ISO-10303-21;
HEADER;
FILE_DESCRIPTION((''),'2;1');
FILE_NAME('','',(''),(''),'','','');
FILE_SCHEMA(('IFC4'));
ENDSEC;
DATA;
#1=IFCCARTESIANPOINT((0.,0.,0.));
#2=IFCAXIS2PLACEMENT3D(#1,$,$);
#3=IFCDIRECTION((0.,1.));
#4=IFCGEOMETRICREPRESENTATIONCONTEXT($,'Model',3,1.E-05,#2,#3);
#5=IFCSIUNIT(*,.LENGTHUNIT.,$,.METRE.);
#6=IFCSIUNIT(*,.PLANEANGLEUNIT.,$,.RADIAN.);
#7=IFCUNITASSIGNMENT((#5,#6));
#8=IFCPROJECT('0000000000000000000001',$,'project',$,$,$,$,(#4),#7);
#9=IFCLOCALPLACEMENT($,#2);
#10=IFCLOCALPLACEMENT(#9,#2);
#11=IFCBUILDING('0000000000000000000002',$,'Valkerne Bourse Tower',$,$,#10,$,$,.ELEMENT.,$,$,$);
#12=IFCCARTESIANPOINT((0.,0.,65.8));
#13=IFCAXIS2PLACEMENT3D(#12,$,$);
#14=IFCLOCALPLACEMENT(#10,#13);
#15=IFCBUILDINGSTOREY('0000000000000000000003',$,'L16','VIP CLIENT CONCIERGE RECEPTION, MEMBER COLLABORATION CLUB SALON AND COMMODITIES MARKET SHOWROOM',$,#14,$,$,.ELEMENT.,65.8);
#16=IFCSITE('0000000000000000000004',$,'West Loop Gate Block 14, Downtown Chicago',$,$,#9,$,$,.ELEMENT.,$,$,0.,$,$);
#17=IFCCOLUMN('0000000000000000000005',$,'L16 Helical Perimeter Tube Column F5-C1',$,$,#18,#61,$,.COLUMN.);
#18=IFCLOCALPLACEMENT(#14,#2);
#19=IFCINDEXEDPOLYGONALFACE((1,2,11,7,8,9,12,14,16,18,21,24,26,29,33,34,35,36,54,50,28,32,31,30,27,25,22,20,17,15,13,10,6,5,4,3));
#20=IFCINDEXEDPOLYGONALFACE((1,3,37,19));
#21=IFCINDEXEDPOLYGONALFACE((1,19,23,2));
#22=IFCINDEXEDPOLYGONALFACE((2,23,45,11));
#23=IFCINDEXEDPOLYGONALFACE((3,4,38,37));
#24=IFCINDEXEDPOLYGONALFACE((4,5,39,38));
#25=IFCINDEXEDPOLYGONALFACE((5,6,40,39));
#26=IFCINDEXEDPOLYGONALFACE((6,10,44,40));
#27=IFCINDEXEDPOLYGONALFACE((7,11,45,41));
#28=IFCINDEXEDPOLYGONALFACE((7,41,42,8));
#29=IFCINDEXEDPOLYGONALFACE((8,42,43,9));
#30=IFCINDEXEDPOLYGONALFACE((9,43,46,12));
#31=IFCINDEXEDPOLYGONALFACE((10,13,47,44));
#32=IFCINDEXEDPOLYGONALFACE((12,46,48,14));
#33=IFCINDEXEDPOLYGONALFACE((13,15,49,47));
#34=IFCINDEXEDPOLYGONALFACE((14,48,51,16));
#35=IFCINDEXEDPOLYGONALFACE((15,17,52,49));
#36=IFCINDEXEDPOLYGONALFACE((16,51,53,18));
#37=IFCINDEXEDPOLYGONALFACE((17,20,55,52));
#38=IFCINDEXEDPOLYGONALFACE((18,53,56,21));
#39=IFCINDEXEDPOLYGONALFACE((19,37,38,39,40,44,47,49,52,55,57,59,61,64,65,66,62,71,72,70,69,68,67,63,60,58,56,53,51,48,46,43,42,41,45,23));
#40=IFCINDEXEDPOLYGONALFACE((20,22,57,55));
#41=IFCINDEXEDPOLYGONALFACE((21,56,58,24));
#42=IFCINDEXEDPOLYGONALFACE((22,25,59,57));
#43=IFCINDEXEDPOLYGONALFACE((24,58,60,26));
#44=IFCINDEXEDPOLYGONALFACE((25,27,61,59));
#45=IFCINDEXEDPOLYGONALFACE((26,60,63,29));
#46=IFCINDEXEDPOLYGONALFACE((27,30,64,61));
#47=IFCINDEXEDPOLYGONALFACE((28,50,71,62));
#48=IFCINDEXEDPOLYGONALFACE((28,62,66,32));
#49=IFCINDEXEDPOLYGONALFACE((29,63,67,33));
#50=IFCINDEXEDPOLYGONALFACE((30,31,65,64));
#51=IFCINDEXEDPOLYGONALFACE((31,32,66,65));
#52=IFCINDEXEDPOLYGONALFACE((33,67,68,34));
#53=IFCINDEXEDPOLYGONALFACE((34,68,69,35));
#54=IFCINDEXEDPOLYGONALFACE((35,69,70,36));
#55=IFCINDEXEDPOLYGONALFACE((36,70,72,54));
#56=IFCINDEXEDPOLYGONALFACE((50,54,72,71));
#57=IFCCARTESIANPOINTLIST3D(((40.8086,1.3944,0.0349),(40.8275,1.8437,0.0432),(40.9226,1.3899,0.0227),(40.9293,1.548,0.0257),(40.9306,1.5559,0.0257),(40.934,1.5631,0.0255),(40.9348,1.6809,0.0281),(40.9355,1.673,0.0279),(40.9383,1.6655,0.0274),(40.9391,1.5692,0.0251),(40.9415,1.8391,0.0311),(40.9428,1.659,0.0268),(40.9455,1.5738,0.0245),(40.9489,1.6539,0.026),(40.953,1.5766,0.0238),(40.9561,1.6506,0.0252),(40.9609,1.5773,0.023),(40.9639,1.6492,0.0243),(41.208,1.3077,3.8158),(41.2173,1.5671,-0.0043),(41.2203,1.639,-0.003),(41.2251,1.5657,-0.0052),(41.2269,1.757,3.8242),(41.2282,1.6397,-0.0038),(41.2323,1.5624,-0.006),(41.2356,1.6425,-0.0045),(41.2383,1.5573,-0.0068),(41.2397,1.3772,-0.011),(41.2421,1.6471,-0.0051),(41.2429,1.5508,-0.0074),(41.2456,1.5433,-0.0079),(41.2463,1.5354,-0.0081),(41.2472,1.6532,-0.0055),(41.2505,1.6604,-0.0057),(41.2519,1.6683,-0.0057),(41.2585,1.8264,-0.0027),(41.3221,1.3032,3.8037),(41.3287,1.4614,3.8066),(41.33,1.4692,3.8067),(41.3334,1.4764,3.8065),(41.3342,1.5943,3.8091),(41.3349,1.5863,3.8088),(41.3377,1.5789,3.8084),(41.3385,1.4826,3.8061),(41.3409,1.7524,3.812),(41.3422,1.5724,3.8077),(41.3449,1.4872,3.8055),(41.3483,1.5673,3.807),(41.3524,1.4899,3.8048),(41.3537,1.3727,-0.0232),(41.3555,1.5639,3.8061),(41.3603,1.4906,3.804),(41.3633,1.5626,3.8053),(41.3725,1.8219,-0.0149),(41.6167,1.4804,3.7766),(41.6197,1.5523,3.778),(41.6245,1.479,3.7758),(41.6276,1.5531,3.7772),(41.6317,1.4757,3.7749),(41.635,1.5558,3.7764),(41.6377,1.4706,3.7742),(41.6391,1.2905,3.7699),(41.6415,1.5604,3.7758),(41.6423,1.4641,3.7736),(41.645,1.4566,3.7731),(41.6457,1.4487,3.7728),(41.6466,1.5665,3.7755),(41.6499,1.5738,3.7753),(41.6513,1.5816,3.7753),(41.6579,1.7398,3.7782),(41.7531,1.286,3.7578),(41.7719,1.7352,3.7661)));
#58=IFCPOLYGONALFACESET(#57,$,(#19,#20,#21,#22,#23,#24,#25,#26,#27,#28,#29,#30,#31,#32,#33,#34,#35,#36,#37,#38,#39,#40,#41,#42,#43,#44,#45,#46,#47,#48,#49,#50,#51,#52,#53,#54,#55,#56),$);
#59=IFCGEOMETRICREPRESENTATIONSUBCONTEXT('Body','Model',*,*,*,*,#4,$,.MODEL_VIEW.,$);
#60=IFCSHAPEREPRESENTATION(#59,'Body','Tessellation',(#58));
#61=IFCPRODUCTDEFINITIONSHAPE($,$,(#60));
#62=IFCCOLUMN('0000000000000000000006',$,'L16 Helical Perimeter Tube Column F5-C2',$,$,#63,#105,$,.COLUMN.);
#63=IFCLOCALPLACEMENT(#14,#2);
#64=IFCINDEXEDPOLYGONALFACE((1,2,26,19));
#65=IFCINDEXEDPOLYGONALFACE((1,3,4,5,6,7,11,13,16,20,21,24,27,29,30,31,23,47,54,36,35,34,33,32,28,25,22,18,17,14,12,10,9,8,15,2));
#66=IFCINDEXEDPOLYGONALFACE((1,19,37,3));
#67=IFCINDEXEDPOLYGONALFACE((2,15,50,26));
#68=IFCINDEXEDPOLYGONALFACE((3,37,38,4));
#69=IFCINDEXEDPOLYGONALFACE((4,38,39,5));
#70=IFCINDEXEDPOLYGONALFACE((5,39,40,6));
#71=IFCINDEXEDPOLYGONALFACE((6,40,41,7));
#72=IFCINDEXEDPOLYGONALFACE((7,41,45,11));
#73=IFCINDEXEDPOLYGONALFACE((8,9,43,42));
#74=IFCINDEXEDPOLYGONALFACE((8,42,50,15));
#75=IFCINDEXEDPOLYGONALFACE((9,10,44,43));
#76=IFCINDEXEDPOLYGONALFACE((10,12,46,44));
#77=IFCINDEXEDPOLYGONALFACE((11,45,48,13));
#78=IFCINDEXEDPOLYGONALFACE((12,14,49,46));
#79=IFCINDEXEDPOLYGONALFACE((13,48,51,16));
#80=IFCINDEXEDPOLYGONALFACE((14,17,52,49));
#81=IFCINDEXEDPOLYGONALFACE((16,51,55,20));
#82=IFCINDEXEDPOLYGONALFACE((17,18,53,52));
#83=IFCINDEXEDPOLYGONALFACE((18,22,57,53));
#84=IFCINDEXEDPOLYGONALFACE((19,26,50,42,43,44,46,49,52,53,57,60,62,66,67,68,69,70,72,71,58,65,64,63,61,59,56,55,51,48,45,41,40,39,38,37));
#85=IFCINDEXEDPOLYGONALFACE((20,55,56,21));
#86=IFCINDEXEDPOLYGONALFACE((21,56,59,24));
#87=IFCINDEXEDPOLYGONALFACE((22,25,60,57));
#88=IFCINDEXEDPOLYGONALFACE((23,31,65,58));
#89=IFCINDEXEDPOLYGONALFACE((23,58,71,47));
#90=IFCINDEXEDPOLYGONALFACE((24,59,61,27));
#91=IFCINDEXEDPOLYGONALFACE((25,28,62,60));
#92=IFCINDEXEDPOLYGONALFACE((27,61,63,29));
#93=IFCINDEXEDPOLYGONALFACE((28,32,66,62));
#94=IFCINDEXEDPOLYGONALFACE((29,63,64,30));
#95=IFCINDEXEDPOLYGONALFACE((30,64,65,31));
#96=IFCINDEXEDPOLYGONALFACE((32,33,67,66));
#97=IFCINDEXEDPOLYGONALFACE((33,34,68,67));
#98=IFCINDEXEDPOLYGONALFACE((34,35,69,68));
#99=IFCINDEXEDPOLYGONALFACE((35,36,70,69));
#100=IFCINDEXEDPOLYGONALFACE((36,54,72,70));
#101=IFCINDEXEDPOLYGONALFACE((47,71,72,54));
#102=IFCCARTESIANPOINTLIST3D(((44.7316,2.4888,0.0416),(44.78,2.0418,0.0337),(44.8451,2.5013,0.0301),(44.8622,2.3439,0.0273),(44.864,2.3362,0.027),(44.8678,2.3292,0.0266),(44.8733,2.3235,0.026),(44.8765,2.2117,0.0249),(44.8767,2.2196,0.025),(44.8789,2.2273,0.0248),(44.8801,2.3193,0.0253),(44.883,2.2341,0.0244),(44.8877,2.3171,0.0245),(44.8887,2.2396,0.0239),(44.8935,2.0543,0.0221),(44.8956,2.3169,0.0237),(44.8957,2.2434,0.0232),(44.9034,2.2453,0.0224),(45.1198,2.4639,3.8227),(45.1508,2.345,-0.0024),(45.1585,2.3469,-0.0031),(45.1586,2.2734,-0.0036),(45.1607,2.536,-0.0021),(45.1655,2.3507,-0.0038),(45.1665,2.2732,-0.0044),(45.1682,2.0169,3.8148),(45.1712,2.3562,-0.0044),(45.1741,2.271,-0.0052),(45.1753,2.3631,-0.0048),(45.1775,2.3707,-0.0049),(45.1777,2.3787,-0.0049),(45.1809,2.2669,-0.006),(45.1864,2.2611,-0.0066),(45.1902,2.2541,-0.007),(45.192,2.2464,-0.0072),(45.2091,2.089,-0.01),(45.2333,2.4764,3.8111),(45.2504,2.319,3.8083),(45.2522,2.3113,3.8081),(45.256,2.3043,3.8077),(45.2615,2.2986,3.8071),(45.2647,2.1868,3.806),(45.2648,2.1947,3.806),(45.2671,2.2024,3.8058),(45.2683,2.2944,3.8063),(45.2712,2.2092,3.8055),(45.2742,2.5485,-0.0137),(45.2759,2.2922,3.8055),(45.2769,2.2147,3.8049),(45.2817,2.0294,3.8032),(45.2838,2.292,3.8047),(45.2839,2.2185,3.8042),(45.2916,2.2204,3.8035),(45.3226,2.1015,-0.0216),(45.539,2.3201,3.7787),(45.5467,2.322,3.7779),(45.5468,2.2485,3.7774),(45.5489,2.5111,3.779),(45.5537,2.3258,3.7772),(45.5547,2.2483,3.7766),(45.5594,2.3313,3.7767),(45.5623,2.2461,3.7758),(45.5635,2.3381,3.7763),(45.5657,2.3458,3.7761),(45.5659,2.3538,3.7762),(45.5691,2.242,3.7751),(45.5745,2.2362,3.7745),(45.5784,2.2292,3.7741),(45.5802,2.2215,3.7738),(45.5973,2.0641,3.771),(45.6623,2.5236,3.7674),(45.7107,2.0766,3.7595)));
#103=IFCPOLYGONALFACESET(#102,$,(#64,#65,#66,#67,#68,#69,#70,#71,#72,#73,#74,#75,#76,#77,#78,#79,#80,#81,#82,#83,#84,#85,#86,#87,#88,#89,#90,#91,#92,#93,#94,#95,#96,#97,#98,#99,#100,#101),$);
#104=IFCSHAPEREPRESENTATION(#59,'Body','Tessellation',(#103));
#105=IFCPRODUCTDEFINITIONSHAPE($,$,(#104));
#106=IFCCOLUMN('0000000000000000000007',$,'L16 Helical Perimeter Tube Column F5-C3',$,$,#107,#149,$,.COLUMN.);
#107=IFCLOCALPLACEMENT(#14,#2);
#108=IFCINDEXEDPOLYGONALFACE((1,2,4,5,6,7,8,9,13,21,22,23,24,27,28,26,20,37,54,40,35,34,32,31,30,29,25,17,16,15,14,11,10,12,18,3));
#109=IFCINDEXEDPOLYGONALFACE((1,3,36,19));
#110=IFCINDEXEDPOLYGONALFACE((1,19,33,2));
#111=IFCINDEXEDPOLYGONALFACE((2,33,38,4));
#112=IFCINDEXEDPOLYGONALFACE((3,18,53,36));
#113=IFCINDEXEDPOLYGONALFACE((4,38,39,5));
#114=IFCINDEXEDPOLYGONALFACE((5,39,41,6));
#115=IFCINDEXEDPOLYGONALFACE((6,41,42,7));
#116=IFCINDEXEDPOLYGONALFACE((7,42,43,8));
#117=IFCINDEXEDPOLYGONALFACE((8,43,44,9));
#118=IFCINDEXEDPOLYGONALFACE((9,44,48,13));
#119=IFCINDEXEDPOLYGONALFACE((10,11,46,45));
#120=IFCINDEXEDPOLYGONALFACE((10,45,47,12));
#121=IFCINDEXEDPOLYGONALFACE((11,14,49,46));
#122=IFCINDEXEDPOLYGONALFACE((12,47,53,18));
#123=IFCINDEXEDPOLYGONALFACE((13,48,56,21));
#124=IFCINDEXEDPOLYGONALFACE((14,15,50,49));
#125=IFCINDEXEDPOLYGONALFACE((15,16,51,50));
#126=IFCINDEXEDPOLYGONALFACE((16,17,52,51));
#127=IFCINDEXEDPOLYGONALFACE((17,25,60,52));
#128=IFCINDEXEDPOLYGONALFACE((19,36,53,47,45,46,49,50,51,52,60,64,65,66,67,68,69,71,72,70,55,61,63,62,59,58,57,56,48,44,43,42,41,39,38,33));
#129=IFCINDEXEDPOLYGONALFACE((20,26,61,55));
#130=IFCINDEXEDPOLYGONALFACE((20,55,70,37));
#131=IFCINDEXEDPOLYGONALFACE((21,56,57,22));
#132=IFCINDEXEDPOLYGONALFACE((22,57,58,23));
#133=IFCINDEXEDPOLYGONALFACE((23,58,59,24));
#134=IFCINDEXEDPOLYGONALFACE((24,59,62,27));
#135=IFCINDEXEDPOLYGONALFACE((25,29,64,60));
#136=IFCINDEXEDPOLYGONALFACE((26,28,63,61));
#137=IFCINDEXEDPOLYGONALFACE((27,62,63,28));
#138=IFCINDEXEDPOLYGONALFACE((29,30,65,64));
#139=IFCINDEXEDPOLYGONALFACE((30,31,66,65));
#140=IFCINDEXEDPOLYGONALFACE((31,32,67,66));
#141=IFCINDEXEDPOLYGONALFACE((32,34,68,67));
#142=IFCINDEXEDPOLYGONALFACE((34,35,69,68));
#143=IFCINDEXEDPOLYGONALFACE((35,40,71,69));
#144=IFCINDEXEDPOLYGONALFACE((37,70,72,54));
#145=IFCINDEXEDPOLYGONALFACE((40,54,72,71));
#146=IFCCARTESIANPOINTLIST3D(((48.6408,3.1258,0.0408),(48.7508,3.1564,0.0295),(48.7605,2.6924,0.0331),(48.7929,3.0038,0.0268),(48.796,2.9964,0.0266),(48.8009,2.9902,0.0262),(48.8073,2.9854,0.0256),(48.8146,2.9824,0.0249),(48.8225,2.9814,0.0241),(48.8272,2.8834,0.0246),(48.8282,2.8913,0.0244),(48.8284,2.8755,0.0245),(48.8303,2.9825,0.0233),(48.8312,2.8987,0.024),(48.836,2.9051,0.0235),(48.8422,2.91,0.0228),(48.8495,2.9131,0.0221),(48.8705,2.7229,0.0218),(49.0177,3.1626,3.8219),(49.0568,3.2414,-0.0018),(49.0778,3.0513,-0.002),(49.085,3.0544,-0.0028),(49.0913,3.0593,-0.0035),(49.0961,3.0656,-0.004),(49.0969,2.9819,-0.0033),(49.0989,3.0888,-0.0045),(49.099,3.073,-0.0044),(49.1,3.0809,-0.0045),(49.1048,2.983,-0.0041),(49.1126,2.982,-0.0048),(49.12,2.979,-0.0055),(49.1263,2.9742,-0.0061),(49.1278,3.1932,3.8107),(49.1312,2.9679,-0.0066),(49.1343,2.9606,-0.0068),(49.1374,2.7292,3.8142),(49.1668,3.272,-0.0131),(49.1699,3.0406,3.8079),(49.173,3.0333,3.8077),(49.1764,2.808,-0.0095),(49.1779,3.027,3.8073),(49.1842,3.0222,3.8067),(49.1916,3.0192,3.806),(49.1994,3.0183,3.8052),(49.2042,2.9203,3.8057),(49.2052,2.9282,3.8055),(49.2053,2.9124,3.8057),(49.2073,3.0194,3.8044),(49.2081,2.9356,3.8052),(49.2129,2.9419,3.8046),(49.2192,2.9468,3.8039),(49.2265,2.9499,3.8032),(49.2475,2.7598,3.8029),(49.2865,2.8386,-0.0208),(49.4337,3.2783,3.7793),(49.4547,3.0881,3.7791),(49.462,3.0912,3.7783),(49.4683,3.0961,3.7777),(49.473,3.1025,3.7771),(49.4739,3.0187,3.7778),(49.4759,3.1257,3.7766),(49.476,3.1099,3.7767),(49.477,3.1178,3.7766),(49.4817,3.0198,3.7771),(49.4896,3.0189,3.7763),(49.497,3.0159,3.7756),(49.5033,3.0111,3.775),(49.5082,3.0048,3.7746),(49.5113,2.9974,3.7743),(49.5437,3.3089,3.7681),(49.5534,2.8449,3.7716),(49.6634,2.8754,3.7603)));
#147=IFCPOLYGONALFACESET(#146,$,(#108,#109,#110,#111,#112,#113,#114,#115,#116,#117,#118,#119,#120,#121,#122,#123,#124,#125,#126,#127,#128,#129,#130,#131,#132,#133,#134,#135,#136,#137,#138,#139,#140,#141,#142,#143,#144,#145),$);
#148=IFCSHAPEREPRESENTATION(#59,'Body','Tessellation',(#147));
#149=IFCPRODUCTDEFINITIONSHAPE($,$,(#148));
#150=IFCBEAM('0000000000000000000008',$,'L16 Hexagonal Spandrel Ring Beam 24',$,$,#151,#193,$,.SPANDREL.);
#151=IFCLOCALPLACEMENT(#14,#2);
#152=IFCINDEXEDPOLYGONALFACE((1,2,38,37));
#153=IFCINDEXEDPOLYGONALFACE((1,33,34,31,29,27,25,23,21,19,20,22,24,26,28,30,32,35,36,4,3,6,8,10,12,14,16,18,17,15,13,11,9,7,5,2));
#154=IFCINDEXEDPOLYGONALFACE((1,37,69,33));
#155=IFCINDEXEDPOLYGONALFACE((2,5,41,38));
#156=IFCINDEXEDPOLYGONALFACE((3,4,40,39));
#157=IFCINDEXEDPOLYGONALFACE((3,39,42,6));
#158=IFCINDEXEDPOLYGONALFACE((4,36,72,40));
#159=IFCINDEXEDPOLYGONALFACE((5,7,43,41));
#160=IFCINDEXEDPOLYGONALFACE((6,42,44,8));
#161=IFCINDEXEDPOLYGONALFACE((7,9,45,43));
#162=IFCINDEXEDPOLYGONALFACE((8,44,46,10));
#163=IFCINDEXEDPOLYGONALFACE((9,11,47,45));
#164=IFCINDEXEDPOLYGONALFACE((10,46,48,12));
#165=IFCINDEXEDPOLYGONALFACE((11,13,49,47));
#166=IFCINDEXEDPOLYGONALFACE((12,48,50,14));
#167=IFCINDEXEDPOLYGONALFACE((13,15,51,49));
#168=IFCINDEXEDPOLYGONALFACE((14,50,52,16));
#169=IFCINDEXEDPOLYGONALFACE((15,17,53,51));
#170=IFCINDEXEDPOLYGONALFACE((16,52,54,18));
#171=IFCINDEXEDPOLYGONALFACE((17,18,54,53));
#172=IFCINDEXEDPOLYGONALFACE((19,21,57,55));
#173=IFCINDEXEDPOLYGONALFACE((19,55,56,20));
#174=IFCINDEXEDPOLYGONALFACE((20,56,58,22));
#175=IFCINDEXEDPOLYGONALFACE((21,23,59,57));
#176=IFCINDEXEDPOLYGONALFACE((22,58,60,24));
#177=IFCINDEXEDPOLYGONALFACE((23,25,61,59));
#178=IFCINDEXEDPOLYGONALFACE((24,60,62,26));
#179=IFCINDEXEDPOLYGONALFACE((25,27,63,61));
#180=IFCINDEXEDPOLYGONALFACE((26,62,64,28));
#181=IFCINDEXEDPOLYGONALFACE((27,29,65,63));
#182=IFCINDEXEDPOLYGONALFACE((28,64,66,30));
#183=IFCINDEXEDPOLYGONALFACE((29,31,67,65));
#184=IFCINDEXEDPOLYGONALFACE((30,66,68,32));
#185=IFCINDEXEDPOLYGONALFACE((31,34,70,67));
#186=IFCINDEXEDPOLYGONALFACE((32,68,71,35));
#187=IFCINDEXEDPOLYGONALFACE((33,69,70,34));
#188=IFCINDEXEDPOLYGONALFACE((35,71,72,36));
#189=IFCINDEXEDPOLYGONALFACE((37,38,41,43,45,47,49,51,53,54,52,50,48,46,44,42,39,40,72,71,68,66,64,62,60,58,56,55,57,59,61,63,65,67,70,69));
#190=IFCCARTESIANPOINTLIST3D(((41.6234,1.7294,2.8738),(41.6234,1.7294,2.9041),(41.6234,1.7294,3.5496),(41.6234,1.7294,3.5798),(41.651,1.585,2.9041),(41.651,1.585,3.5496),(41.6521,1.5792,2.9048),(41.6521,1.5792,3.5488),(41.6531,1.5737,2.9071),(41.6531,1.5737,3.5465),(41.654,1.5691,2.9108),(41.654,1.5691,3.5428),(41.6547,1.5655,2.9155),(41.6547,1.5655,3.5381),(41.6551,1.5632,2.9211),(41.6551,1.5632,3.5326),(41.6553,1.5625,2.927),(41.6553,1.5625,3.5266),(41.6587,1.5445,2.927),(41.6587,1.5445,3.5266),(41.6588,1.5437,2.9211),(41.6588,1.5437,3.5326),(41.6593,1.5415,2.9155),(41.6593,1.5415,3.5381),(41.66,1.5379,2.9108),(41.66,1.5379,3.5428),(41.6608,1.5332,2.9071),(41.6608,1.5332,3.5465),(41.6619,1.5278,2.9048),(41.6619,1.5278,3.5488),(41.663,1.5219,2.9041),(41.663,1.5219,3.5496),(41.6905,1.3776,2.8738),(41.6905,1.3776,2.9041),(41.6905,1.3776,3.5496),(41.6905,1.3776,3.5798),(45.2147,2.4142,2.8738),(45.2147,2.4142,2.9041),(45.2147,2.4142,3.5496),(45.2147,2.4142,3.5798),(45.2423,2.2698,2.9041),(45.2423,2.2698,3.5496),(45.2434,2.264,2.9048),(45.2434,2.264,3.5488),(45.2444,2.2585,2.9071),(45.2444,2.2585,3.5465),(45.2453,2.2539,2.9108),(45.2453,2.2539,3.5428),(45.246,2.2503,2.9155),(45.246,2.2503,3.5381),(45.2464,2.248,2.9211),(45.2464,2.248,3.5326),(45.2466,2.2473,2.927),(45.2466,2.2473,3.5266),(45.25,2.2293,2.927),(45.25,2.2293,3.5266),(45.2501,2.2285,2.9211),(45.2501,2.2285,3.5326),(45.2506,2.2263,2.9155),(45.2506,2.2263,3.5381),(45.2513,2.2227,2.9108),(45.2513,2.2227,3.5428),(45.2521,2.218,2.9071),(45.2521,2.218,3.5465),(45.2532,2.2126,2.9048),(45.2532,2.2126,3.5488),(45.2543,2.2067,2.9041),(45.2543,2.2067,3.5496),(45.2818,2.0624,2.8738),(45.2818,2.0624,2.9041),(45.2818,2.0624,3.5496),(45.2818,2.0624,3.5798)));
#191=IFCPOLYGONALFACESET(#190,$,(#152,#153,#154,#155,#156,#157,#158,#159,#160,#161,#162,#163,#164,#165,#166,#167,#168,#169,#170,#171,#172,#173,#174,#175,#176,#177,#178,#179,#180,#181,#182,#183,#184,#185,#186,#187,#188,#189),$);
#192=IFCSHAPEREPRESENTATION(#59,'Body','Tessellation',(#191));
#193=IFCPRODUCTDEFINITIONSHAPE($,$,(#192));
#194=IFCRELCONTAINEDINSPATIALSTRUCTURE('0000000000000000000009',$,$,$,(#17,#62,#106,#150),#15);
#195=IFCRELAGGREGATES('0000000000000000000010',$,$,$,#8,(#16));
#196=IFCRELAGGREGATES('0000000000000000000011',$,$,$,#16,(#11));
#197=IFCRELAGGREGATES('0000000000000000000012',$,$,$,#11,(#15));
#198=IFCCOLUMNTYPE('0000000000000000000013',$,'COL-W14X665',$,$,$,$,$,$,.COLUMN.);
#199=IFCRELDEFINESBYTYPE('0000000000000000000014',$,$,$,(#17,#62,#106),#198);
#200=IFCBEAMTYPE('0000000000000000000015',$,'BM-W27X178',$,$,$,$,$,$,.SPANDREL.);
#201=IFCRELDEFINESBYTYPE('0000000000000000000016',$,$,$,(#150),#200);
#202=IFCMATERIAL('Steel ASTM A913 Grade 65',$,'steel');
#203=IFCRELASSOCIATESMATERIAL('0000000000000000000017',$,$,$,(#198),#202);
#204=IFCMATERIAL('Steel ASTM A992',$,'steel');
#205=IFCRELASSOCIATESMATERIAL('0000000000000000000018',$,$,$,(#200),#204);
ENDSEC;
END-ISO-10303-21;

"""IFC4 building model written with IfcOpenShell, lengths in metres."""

from ifc_helpers import new_model, si_unit, direction, frame, origin, origin_2d, place, context, subcontext, project, spatial, i_section, extrude, material, material_profile, profile_set, type_object, element, save


model = new_model("IFC4")

# Units and contexts
model_context = context("Model", 3, precision=1e-05, world=origin(), true_north=direction((0.0, 1.0)))
body_context = subcontext(model_context, "Body", "Model", "MODEL_VIEW")
ifc_project = project(units=[si_unit("LENGTHUNIT", "METRE"), si_unit("PLANEANGLEUNIT", "RADIAN")], contexts=[model_context])

# Site, building, storey
site_placement = place(None, origin())
site = spatial("IfcSite", under=ifc_project, at=site_placement, Name="West Loop Gate Block 14, Downtown Chicago", CompositionType="ELEMENT", RefElevation=0.0)
building_placement = place(site_placement, origin())
building = spatial("IfcBuilding", under=site, at=building_placement, Name="Valkerne Bourse Tower", CompositionType="ELEMENT")
storey_placement = place(building_placement, frame((0.0, 0.0, 65.8)))
storey = spatial("IfcBuildingStorey", under=building, at=storey_placement, Name="L16", Description="VIP CLIENT CONCIERGE RECEPTION, MEMBER COLLABORATION CLUB SALON AND COMMODITIES MARKET SHOWROOM", CompositionType="ELEMENT", Elevation=65.8)

# Columns
ifc_material_1 = material(Name="Steel ASTM A913 Grade 65", Category="steel")
ifc_material_profile_1 = material_profile(ifc_material_1, i_section(OverallWidth=0.4497, OverallDepth=0.5486, WebThickness=0.072, FlangeThickness=0.1147, FilletRadius=0.0305, at=origin_2d()), Name="W14X665")
ifc_profile_set_1 = profile_set([ifc_material_profile_1], Name="Steel ASTM A913 Grade 65")
column_type = type_object("IfcColumnType", Name="COL-W14X665", PredefinedType="COLUMN", material=ifc_profile_set_1)
column_1_placement = place(storey_placement, frame((41.0906, 1.6082, 0.01), z_axis=(0.105025, -0.02279, 0.994208), x_axis=(0.041854, 0.998953, 0.018477)))
element("IfcColumn", 1, at=column_1_placement, inside=storey, type_object=column_type, Name="L16 Helical Perimeter Tube Column F5-C1", PredefinedType="COLUMN", context=body_context, shape_type="SweptSolid", body=[
    extrude(i_section(OverallWidth=0.4497, OverallDepth=0.5486, WebThickness=0.072, FlangeThickness=0.1147, FilletRadius=0.0305, at=origin_2d()), origin(), (0.0, 0.0, 1.0), 3.803),
])
column_2_placement = place(storey_placement, frame((45.0271, 2.2952, 0.01), z_axis=(0.102128, -0.006552, 0.99475), x_axis=(-0.10761, 0.994038, 0.017595)))
element("IfcColumn", 2, at=column_2_placement, inside=storey, type_object=column_type, Name="L16 Helical Perimeter Tube Column F5-C2", PredefinedType="COLUMN", context=body_context, shape_type="SweptSolid", body=[
    extrude(i_section(OverallWidth=0.4497, OverallDepth=0.5486, WebThickness=0.072, FlangeThickness=0.1147, FilletRadius=0.0305, at=origin_2d()), origin(), (0.0, 0.0, 1.0), 3.801),
])
column_3_placement = place(storey_placement, frame((48.9636, 2.9822, 0.01), z_axis=(0.0992, 0.009702, 0.99502), x_axis=(-0.266145, 0.963781, 0.017137)))
element("IfcColumn", 3, at=column_3_placement, inside=storey, type_object=column_type, Name="L16 Helical Perimeter Tube Column F5-C3", PredefinedType="COLUMN", context=body_context, shape_type="SweptSolid", body=[
    extrude(i_section(OverallWidth=0.4497, OverallDepth=0.5486, WebThickness=0.072, FlangeThickness=0.1147, FilletRadius=0.0305, at=origin_2d()), origin(), (0.0, 0.0, 1.0), 3.8),
])

# Beam
ifc_material_2 = material(Name="Steel ASTM A992", Category="steel")
ifc_material_profile_2 = material_profile(ifc_material_2, i_section(OverallWidth=0.3582, OverallDepth=0.7061, WebThickness=0.0183, FlangeThickness=0.0303, FilletRadius=0.0229, at=origin_2d()), Name="W27X178")
ifc_profile_set_2 = profile_set([ifc_material_profile_2], Name="Steel ASTM A992")
beam_type_1 = type_object("IfcBeamType", Name="BM-W27X178", PredefinedType="SPANDREL", material=ifc_profile_set_2)
beam_1_placement = place(storey_placement, frame((41.657, 1.5535, 3.2268), z_axis=(0.982301, 0.187312, 0.0), x_axis=(-0.187312, 0.982301, 0.0)))
element("IfcBeam", 4, at=beam_1_placement, inside=storey, type_object=beam_type_1, Name="L16 Hexagonal Spandrel Ring Beam 24", PredefinedType="SPANDREL", context=body_context, shape_type="SweptSolid", body=[
    extrude(i_section(OverallWidth=0.3582, OverallDepth=0.7061, WebThickness=0.0183, FlangeThickness=0.0303, FilletRadius=0.0229, at=origin_2d()), origin(), (0.0, 0.0, 1.0), 3.656),
])

save(model, "model.ifc")
